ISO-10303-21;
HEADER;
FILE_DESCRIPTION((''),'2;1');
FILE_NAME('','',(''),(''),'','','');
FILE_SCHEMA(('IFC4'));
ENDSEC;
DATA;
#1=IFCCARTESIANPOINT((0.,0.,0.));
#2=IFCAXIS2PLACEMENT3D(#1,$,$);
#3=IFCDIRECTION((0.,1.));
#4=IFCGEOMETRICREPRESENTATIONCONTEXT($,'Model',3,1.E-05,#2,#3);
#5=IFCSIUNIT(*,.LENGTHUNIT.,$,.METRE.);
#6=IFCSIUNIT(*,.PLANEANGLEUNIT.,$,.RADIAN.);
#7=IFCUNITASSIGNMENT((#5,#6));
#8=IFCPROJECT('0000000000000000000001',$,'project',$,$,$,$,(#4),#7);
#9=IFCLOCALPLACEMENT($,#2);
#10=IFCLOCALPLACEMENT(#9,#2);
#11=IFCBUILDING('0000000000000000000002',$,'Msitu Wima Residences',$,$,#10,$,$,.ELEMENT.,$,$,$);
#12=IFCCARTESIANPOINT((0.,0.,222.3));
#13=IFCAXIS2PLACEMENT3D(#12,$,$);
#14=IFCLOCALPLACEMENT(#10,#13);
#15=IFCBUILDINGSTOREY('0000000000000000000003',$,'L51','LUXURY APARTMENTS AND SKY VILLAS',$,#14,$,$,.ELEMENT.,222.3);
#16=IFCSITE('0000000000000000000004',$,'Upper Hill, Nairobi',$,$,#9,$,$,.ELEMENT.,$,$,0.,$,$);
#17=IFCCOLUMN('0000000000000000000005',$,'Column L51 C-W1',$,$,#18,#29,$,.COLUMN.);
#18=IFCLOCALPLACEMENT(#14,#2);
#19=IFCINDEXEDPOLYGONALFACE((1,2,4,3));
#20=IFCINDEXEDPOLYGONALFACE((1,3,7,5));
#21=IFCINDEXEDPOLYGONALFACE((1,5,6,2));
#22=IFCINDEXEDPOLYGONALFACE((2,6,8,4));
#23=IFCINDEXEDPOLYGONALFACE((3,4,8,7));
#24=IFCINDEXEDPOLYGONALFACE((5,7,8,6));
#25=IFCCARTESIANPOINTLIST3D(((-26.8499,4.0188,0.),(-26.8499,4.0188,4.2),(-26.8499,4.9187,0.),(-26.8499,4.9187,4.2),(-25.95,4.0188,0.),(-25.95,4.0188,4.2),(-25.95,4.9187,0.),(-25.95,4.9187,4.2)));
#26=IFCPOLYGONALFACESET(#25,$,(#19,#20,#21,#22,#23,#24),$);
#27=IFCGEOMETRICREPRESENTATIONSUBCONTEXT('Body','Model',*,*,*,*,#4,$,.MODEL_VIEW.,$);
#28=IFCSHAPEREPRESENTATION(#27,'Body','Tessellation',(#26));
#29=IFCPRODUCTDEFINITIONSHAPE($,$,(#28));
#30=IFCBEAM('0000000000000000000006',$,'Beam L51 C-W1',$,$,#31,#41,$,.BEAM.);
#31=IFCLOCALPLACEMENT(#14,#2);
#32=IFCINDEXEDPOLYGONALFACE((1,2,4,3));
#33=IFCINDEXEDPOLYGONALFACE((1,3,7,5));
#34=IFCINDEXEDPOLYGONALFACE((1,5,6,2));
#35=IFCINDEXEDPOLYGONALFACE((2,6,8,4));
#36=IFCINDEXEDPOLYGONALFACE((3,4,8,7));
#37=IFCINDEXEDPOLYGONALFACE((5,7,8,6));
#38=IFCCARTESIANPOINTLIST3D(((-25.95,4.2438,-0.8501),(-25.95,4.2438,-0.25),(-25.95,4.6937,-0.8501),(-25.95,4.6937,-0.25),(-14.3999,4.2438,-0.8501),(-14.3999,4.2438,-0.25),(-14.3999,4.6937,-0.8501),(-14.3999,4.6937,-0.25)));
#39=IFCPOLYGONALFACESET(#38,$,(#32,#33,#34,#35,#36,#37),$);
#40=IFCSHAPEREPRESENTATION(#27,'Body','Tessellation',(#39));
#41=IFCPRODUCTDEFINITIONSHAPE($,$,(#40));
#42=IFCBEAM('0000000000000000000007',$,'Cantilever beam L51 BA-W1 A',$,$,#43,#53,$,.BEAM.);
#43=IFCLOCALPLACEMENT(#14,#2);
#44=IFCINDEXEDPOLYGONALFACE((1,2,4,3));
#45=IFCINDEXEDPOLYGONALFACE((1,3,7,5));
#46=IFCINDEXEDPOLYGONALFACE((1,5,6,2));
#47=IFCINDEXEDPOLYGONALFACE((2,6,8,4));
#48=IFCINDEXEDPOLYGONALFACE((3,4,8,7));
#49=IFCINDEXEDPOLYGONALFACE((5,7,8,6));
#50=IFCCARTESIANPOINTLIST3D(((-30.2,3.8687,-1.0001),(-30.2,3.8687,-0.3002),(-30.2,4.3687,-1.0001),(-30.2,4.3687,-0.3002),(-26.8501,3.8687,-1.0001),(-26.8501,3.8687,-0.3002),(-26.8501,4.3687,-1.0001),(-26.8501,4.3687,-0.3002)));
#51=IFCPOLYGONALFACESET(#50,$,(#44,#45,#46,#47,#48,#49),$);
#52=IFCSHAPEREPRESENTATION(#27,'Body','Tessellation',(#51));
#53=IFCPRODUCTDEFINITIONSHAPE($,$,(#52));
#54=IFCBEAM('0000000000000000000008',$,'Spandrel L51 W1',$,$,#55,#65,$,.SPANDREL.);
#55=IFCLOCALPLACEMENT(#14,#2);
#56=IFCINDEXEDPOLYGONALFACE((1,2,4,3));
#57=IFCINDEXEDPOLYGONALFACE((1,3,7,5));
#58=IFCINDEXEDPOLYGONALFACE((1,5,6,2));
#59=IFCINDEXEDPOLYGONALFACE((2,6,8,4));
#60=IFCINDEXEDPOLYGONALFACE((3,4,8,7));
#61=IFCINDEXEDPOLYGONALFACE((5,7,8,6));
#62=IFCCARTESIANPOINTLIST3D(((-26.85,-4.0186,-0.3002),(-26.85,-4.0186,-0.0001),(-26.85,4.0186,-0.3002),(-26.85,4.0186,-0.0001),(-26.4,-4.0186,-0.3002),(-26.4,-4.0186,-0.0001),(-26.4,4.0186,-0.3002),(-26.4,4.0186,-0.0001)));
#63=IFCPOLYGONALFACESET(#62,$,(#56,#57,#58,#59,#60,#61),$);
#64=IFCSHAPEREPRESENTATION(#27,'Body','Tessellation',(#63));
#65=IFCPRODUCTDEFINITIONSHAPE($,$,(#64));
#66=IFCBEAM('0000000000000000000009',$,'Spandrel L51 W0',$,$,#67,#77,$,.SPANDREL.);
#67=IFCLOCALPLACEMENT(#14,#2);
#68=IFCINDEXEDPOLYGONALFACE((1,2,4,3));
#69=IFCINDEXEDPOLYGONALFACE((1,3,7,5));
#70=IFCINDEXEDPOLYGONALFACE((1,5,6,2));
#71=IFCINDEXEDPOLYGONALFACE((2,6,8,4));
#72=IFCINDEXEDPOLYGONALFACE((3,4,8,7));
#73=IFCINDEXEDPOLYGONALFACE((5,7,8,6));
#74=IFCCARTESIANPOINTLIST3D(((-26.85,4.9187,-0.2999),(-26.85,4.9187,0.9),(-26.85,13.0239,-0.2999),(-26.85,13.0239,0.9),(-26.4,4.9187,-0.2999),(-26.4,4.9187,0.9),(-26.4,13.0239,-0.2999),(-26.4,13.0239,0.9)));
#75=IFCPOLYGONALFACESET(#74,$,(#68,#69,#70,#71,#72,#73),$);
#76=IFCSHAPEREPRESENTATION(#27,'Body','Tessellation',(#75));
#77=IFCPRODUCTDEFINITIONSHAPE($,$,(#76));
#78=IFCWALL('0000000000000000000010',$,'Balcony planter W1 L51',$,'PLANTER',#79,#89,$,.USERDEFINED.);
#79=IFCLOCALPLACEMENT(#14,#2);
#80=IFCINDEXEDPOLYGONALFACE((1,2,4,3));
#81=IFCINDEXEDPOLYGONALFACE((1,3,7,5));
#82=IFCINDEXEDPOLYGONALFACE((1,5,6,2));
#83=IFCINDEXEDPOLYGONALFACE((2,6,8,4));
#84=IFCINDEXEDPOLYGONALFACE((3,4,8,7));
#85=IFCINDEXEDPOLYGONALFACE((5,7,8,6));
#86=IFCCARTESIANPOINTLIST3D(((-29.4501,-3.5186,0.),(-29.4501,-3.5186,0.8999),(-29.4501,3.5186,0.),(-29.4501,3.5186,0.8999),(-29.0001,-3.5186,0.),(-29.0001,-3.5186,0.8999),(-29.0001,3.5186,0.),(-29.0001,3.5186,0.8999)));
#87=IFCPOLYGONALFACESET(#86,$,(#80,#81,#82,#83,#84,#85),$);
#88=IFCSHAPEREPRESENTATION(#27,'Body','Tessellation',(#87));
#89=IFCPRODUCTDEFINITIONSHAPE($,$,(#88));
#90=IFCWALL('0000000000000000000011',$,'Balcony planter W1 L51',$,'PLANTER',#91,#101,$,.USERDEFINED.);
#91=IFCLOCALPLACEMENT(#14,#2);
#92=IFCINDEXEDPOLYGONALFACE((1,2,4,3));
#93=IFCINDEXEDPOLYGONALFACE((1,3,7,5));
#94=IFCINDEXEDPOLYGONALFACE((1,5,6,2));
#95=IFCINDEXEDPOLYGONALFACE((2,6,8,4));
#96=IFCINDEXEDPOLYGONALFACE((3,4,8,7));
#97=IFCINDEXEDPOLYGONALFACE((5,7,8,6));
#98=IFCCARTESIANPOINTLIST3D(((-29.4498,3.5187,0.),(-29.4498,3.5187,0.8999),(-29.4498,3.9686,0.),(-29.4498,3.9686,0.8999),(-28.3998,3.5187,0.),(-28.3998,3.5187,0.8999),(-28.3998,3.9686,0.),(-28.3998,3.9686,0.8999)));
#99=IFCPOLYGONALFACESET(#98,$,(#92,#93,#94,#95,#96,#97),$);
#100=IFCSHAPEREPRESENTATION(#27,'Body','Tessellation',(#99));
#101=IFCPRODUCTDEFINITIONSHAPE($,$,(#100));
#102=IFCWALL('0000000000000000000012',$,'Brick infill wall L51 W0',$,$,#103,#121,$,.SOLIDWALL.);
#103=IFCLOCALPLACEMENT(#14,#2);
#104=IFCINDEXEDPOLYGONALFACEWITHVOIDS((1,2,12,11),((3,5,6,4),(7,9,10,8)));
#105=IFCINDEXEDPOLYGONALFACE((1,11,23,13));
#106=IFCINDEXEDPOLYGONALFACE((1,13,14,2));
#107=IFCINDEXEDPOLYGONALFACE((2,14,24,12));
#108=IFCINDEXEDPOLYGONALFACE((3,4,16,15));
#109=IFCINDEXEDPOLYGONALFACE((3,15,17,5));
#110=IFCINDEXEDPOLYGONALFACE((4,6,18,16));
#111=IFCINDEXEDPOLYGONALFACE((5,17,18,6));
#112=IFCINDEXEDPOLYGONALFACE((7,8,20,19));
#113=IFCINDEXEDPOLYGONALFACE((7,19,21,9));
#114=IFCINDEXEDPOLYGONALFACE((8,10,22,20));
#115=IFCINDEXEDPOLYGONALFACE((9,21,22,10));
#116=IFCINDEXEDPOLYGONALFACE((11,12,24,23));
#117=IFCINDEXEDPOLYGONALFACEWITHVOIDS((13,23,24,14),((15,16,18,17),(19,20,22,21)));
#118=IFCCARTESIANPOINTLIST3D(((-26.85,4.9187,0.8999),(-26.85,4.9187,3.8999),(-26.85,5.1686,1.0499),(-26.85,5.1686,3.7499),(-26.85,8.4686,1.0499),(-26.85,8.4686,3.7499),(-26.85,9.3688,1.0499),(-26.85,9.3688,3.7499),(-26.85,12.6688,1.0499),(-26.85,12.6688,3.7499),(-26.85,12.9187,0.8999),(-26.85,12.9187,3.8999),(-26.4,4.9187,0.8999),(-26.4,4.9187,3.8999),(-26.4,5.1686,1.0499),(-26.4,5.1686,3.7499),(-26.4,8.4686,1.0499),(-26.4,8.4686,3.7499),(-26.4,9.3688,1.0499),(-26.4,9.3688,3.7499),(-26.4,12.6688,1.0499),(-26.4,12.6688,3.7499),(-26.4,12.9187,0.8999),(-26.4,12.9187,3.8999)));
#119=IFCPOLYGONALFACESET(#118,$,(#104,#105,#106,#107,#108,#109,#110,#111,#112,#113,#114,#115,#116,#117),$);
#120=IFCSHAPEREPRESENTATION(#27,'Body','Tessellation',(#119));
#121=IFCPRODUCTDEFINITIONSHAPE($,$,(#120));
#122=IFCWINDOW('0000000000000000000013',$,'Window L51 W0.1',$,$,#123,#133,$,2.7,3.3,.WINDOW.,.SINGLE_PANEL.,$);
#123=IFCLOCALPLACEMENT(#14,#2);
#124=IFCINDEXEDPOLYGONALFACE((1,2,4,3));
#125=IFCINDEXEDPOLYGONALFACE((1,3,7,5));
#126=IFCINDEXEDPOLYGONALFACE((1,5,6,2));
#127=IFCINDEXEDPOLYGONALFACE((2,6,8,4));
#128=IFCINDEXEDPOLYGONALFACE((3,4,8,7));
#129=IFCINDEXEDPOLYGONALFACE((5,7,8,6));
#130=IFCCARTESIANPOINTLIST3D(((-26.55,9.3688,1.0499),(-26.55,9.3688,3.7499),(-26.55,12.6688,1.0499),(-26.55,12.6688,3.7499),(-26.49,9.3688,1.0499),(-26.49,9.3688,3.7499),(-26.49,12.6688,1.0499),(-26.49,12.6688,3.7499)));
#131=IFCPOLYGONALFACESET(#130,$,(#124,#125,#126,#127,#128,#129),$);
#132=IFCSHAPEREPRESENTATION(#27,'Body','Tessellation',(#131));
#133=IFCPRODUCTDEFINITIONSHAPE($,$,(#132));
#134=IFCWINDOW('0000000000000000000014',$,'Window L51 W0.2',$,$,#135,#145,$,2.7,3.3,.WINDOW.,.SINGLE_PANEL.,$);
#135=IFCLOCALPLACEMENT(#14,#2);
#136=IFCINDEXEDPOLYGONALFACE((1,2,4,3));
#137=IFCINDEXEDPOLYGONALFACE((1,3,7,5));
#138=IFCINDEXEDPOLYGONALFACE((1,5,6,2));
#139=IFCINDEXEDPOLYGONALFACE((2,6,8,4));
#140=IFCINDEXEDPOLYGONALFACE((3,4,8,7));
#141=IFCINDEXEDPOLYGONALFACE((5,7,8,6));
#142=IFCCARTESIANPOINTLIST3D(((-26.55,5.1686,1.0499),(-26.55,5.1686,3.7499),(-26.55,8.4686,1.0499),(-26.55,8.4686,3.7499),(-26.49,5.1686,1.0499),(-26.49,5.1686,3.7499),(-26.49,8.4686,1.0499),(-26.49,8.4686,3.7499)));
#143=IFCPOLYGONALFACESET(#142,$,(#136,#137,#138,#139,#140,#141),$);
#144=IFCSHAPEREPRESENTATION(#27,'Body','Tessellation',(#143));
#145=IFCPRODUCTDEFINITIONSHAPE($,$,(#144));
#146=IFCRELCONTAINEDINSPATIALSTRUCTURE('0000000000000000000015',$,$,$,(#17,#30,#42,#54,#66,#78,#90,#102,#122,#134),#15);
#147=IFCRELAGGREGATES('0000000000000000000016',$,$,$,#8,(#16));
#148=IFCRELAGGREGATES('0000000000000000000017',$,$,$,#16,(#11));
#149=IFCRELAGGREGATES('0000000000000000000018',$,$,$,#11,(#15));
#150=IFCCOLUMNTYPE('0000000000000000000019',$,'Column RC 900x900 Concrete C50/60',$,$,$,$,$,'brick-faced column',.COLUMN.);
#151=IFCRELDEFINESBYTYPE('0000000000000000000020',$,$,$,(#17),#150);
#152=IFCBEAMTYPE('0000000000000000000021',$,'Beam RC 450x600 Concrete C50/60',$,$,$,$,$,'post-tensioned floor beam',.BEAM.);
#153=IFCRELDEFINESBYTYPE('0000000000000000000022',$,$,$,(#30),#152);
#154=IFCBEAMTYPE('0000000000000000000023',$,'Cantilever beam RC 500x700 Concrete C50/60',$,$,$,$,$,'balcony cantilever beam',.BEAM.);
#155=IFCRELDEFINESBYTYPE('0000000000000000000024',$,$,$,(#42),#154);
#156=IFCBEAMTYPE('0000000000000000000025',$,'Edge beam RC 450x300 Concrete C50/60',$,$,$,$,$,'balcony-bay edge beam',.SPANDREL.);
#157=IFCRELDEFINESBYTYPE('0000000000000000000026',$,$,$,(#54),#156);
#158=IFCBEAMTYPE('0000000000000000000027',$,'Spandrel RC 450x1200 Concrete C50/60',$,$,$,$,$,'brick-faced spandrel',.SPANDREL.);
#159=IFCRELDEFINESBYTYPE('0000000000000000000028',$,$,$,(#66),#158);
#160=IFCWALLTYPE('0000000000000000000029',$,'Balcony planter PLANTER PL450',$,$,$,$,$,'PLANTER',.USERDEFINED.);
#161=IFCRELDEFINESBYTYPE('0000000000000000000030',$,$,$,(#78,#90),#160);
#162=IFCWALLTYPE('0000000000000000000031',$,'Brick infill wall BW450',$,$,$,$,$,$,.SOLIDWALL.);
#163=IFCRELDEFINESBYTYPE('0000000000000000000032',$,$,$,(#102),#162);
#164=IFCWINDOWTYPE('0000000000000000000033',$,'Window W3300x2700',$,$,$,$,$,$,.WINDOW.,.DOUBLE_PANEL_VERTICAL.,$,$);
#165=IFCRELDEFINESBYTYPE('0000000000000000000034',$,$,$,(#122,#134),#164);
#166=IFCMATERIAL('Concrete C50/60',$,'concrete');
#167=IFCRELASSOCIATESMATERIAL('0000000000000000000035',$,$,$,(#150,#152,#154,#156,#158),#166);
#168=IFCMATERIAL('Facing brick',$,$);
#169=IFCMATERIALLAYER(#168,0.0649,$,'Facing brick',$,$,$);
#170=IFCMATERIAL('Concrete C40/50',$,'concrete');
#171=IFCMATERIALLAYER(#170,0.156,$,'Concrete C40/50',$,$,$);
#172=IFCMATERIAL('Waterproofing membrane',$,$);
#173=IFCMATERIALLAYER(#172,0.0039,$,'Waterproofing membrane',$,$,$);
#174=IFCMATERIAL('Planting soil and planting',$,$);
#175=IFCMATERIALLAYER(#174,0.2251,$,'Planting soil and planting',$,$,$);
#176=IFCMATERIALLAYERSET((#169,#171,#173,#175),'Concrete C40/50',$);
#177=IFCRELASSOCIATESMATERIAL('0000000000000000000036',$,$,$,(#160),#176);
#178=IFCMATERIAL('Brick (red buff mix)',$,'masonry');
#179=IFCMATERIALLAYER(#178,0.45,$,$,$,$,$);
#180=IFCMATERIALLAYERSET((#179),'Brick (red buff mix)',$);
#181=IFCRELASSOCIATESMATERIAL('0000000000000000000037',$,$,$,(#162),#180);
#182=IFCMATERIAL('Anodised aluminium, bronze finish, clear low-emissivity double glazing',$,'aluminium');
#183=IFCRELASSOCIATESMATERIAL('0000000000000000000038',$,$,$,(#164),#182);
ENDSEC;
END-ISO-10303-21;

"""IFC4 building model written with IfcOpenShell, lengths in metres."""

from ifc_helpers import new_model, si_unit, direction, frame, frame_2d, origin, origin_2d, place, context, subcontext, project, spatial, rectangle, extrude, material, layer, layer_set, material_profile, profile_set, type_object, element, fill, save


model = new_model("IFC4")

# Units and contexts
model_context = context("Model", 3, precision=1e-05, world=origin(), true_north=direction((0.0, 1.0)))
body_context = subcontext(model_context, "Body", "Model", "MODEL_VIEW")
ifc_project = project(units=[si_unit("LENGTHUNIT", "METRE"), si_unit("PLANEANGLEUNIT", "RADIAN")], contexts=[model_context])

# Site, building, storey
site_placement = place(None, origin())
site = spatial("IfcSite", under=ifc_project, at=site_placement, Name="Upper Hill, Nairobi", CompositionType="ELEMENT", RefElevation=0.0)
building_placement = place(site_placement, origin())
building = spatial("IfcBuilding", under=site, at=building_placement, Name="Msitu Wima Residences", CompositionType="ELEMENT")
storey_placement = place(building_placement, frame((0.0, 0.0, 222.3)))
storey = spatial("IfcBuildingStorey", under=building, at=storey_placement, Name="L51", Description="LUXURY APARTMENTS AND SKY VILLAS", CompositionType="ELEMENT", Elevation=222.3)

# Column
ifc_material_1 = material(Name="Concrete C50/60", Category="concrete")
ifc_material_profile_1 = material_profile(ifc_material_1, rectangle(XDim=0.8999, YDim=0.8999, at=origin_2d()), Name="RC 900x900")
ifc_profile_set_1 = profile_set([ifc_material_profile_1], Name="Concrete C50/60")
column_type = type_object("IfcColumnType", Name="Column RC 900x900 Concrete C50/60", ElementType="brick-faced column", PredefinedType="COLUMN", material=ifc_profile_set_1)
column_placement = place(storey_placement, frame((-26.3999, 4.4688, 0.0), z_axis=(0.0, 0.0, 1.0), x_axis=(0.0, -1.0, 0.0)))
element("IfcColumn", 1, at=column_placement, inside=storey, type_object=column_type, Name="Column L51 C-W1", PredefinedType="COLUMN", context=body_context, shape_type="SweptSolid", body=[
    extrude(rectangle(XDim=0.8999, YDim=0.8999, at=origin_2d()), origin(), (0.0, 0.0, 1.0), 4.2),
])

# Beams
ifc_material_profile_2 = material_profile(ifc_material_1, rectangle(XDim=0.45, YDim=0.6001, at=origin_2d()), Name="RC 450x600")
ifc_profile_set_2 = profile_set([ifc_material_profile_2], Name="Concrete C50/60")
beam_type_1 = type_object("IfcBeamType", Name="Beam RC 450x600 Concrete C50/60", ElementType="post-tensioned floor beam", PredefinedType="BEAM", material=ifc_profile_set_2)
beam_1_placement = place(storey_placement, frame((-25.95, 4.4688, -0.55), z_axis=(1.0, 0.0, 0.0), x_axis=(0.0, 1.0, 0.0)))
element("IfcBeam", 2, at=beam_1_placement, inside=storey, type_object=beam_type_1, Name="Beam L51 C-W1", PredefinedType="BEAM", context=body_context, shape_type="SweptSolid", body=[
    extrude(rectangle(XDim=0.45, YDim=0.6001, at=origin_2d()), origin(), (0.0, 0.0, 1.0), 11.55),
])
ifc_material_profile_3 = material_profile(ifc_material_1, rectangle(XDim=0.5, YDim=0.7, at=origin_2d()), Name="RC 500x700")
ifc_profile_set_3 = profile_set([ifc_material_profile_3], Name="Concrete C50/60")
beam_type_2 = type_object("IfcBeamType", Name="Cantilever beam RC 500x700 Concrete C50/60", ElementType="balcony cantilever beam", PredefinedType="BEAM", material=ifc_profile_set_3)
beam_2_placement = place(storey_placement, frame((-26.8501, 4.1187, -0.6501), z_axis=(-1.0, 0.0, 0.0), x_axis=(0.0, -1.0, 0.0)))
element("IfcBeam", 3, at=beam_2_placement, inside=storey, type_object=beam_type_2, Name="Cantilever beam L51 BA-W1 A", PredefinedType="BEAM", context=body_context, shape_type="SweptSolid", body=[
    extrude(rectangle(XDim=0.5, YDim=0.7, at=origin_2d()), origin(), (0.0, 0.0, 1.0), 3.3499),
])
ifc_material_profile_4 = material_profile(ifc_material_1, rectangle(XDim=0.45, YDim=0.3, at=origin_2d()), Name="RC 450x300")
ifc_profile_set_4 = profile_set([ifc_material_profile_4], Name="Concrete C50/60")
beam_type_3 = type_object("IfcBeamType", Name="Edge beam RC 450x300 Concrete C50/60", ElementType="balcony-bay edge beam", PredefinedType="SPANDREL", material=ifc_profile_set_4)
beam_3_placement = place(storey_placement, frame((-26.625, 4.0186, -0.1501), z_axis=(0.0, -1.0, 0.0), x_axis=(1.0, 0.0, 0.0)))
element("IfcBeam", 4, at=beam_3_placement, inside=storey, type_object=beam_type_3, Name="Spandrel L51 W1", PredefinedType="SPANDREL", context=body_context, shape_type="SweptSolid", body=[
    extrude(rectangle(XDim=0.45, YDim=0.3, at=origin_2d()), origin(), (0.0, 0.0, 1.0), 8.0371),
])
ifc_material_profile_5 = material_profile(ifc_material_1, rectangle(XDim=0.45, YDim=1.2, at=origin_2d()), Name="RC 450x1200")
ifc_profile_set_5 = profile_set([ifc_material_profile_5], Name="Concrete C50/60")
beam_type_4 = type_object("IfcBeamType", Name="Spandrel RC 450x1200 Concrete C50/60", ElementType="brick-faced spandrel", PredefinedType="SPANDREL", material=ifc_profile_set_5)
beam_4_placement = place(storey_placement, frame((-26.625, 13.0239, 0.3), z_axis=(0.0, -1.0, 0.0), x_axis=(1.0, 0.0, 0.0)))
element("IfcBeam", 5, at=beam_4_placement, inside=storey, type_object=beam_type_4, Name="Spandrel L51 W0", PredefinedType="SPANDREL", context=body_context, shape_type="SweptSolid", body=[
    extrude(rectangle(XDim=0.45, YDim=1.2, at=origin_2d()), origin(), (0.0, 0.0, 1.0), 8.1052),
])

# Walls
ifc_material_2 = material(Name="Facing brick")
ifc_layer_1 = layer(ifc_material_2, 0.0649, Name="Facing brick")
ifc_material_3 = material(Name="Concrete C40/50", Category="concrete")
ifc_layer_2 = layer(ifc_material_3, 0.156, Name="Concrete C40/50")
ifc_material_4 = material(Name="Waterproofing membrane")
ifc_layer_3 = layer(ifc_material_4, 0.0039, Name="Waterproofing membrane")
ifc_material_5 = material(Name="Planting soil and planting")
ifc_layer_4 = layer(ifc_material_5, 0.2251, Name="Planting soil and planting")
ifc_layer_set_1 = layer_set([ifc_layer_1, ifc_layer_2, ifc_layer_3, ifc_layer_4], Name="Concrete C40/50")
wall_type_1 = type_object("IfcWallType", Name="Balcony planter PLANTER PL450", ElementType="PLANTER", PredefinedType="USERDEFINED", material=ifc_layer_set_1)
wall_1_placement = place(storey_placement, frame((-29.2251, 3.5186, 0.0), z_axis=(0.0, 0.0, 1.0), x_axis=(0.0, -1.0, 0.0)))
element("IfcWall", 6, at=wall_1_placement, inside=storey, type_object=wall_type_1, Name="Balcony planter W1 L51", ObjectType="PLANTER", PredefinedType="USERDEFINED", context=body_context, shape_type="SweptSolid", body=[
    extrude(rectangle(XDim=7.0371, YDim=0.45, at=frame_2d((3.5186, 0.0))), origin(), (0.0, 0.0, 1.0), 0.8999),
])
wall_2_placement = place(storey_placement, frame((-28.3999, 3.7437, 0.0), z_axis=(0.0, 0.0, 1.0), x_axis=(-1.0, 0.0, 0.0)))
element("IfcWall", 7, at=wall_2_placement, inside=storey, type_object=wall_type_1, Name="Balcony planter W1 L51", ObjectType="PLANTER", PredefinedType="USERDEFINED", context=body_context, shape_type="SweptSolid", body=[
    extrude(rectangle(XDim=1.05, YDim=0.45, at=frame_2d((0.5249, 0.0))), origin(), (0.0, 0.0, 1.0), 0.8999),
])

# Wall, openings, windows
ifc_material_6 = material(Name="Brick (red buff mix)", Category="masonry")
ifc_layer_5 = layer(ifc_material_6, 0.45)
ifc_layer_set_2 = layer_set([ifc_layer_5], Name="Brick (red buff mix)")
wall_type_2 = type_object("IfcWallType", Name="Brick infill wall BW450", PredefinedType="SOLIDWALL", material=ifc_layer_set_2)
wall_3_placement = place(storey_placement, frame((-26.625, 12.9187, 0.8999), z_axis=(0.0, 0.0, 1.0), x_axis=(0.0, -1.0, 0.0)))
wall_3 = element("IfcWall", 8, at=wall_3_placement, inside=storey, type_object=wall_type_2, Name="Brick infill wall L51 W0", PredefinedType="SOLIDWALL", context=body_context, shape_type="SweptSolid", body=[
    extrude(rectangle(XDim=8.0, YDim=0.45, at=frame_2d((4.0, 0.0))), origin(), (0.0, 0.0, 1.0), 3.0),
])
opening_1_placement = place(wall_3_placement, frame((0.25, 0.0, 0.1499)))
opening_1 = element("IfcOpeningElement", 9, at=opening_1_placement, cuts=wall_3, PredefinedType="OPENING", context=body_context, shape_type="SweptSolid", body=[
    extrude(rectangle(XDim=3.3, YDim=2.7, at=frame_2d((1.6499, 1.3501))), frame((0.0, 0.2349, 0.0), z_axis=(0.0, -1.0, 0.0), x_axis=(1.0, 0.0, 0.0)), (0.0, 0.0, 1.0), 0.47),
])
opening_2_placement = place(wall_3_placement, frame((4.4502, 0.0, 0.1499)))
opening_2 = element("IfcOpeningElement", 10, at=opening_2_placement, cuts=wall_3, PredefinedType="OPENING", context=body_context, shape_type="SweptSolid", body=[
    extrude(rectangle(XDim=3.3, YDim=2.7, at=frame_2d((1.6499, 1.3501))), frame((0.0, 0.2349, 0.0), z_axis=(0.0, -1.0, 0.0), x_axis=(1.0, 0.0, 0.0)), (0.0, 0.0, 1.0), 0.47),
])
ifc_material_7 = material(Name="Anodised aluminium, bronze finish, clear low-emissivity double glazing", Category="aluminium")
window_type = type_object("IfcWindowType", Name="Window W3300x2700", PartitioningType="DOUBLE_PANEL_VERTICAL", PredefinedType="WINDOW", material=ifc_material_7)
window_1_placement = place(opening_1_placement, origin())
window_1 = element("IfcWindow", 11, at=window_1_placement, inside=storey, type_object=window_type, Name="Window L51 W0.1", OverallHeight=2.7, OverallWidth=3.3, PartitioningType="SINGLE_PANEL", PredefinedType="WINDOW", context=body_context, shape_type="SweptSolid", body=[
    extrude(rectangle(XDim=3.3, YDim=2.7, at=frame_2d((1.6499, 1.3501))), frame((0.0, 0.135, 0.0), z_axis=(0.0, -1.0, 0.0), x_axis=(1.0, 0.0, 0.0)), (0.0, 0.0, 1.0), 0.0601),
])
fill(opening_1, window_1)
window_2_placement = place(opening_2_placement, origin())
window_2 = element("IfcWindow", 12, at=window_2_placement, inside=storey, type_object=window_type, Name="Window L51 W0.2", OverallHeight=2.7, OverallWidth=3.3, PartitioningType="SINGLE_PANEL", PredefinedType="WINDOW", context=body_context, shape_type="SweptSolid", body=[
    extrude(rectangle(XDim=3.3, YDim=2.7, at=frame_2d((1.6499, 1.3501))), frame((0.0, 0.135, 0.0), z_axis=(0.0, -1.0, 0.0), x_axis=(1.0, 0.0, 0.0)), (0.0, 0.0, 1.0), 0.0601),
])
fill(opening_2, window_2)

save(model, "model.ifc")
